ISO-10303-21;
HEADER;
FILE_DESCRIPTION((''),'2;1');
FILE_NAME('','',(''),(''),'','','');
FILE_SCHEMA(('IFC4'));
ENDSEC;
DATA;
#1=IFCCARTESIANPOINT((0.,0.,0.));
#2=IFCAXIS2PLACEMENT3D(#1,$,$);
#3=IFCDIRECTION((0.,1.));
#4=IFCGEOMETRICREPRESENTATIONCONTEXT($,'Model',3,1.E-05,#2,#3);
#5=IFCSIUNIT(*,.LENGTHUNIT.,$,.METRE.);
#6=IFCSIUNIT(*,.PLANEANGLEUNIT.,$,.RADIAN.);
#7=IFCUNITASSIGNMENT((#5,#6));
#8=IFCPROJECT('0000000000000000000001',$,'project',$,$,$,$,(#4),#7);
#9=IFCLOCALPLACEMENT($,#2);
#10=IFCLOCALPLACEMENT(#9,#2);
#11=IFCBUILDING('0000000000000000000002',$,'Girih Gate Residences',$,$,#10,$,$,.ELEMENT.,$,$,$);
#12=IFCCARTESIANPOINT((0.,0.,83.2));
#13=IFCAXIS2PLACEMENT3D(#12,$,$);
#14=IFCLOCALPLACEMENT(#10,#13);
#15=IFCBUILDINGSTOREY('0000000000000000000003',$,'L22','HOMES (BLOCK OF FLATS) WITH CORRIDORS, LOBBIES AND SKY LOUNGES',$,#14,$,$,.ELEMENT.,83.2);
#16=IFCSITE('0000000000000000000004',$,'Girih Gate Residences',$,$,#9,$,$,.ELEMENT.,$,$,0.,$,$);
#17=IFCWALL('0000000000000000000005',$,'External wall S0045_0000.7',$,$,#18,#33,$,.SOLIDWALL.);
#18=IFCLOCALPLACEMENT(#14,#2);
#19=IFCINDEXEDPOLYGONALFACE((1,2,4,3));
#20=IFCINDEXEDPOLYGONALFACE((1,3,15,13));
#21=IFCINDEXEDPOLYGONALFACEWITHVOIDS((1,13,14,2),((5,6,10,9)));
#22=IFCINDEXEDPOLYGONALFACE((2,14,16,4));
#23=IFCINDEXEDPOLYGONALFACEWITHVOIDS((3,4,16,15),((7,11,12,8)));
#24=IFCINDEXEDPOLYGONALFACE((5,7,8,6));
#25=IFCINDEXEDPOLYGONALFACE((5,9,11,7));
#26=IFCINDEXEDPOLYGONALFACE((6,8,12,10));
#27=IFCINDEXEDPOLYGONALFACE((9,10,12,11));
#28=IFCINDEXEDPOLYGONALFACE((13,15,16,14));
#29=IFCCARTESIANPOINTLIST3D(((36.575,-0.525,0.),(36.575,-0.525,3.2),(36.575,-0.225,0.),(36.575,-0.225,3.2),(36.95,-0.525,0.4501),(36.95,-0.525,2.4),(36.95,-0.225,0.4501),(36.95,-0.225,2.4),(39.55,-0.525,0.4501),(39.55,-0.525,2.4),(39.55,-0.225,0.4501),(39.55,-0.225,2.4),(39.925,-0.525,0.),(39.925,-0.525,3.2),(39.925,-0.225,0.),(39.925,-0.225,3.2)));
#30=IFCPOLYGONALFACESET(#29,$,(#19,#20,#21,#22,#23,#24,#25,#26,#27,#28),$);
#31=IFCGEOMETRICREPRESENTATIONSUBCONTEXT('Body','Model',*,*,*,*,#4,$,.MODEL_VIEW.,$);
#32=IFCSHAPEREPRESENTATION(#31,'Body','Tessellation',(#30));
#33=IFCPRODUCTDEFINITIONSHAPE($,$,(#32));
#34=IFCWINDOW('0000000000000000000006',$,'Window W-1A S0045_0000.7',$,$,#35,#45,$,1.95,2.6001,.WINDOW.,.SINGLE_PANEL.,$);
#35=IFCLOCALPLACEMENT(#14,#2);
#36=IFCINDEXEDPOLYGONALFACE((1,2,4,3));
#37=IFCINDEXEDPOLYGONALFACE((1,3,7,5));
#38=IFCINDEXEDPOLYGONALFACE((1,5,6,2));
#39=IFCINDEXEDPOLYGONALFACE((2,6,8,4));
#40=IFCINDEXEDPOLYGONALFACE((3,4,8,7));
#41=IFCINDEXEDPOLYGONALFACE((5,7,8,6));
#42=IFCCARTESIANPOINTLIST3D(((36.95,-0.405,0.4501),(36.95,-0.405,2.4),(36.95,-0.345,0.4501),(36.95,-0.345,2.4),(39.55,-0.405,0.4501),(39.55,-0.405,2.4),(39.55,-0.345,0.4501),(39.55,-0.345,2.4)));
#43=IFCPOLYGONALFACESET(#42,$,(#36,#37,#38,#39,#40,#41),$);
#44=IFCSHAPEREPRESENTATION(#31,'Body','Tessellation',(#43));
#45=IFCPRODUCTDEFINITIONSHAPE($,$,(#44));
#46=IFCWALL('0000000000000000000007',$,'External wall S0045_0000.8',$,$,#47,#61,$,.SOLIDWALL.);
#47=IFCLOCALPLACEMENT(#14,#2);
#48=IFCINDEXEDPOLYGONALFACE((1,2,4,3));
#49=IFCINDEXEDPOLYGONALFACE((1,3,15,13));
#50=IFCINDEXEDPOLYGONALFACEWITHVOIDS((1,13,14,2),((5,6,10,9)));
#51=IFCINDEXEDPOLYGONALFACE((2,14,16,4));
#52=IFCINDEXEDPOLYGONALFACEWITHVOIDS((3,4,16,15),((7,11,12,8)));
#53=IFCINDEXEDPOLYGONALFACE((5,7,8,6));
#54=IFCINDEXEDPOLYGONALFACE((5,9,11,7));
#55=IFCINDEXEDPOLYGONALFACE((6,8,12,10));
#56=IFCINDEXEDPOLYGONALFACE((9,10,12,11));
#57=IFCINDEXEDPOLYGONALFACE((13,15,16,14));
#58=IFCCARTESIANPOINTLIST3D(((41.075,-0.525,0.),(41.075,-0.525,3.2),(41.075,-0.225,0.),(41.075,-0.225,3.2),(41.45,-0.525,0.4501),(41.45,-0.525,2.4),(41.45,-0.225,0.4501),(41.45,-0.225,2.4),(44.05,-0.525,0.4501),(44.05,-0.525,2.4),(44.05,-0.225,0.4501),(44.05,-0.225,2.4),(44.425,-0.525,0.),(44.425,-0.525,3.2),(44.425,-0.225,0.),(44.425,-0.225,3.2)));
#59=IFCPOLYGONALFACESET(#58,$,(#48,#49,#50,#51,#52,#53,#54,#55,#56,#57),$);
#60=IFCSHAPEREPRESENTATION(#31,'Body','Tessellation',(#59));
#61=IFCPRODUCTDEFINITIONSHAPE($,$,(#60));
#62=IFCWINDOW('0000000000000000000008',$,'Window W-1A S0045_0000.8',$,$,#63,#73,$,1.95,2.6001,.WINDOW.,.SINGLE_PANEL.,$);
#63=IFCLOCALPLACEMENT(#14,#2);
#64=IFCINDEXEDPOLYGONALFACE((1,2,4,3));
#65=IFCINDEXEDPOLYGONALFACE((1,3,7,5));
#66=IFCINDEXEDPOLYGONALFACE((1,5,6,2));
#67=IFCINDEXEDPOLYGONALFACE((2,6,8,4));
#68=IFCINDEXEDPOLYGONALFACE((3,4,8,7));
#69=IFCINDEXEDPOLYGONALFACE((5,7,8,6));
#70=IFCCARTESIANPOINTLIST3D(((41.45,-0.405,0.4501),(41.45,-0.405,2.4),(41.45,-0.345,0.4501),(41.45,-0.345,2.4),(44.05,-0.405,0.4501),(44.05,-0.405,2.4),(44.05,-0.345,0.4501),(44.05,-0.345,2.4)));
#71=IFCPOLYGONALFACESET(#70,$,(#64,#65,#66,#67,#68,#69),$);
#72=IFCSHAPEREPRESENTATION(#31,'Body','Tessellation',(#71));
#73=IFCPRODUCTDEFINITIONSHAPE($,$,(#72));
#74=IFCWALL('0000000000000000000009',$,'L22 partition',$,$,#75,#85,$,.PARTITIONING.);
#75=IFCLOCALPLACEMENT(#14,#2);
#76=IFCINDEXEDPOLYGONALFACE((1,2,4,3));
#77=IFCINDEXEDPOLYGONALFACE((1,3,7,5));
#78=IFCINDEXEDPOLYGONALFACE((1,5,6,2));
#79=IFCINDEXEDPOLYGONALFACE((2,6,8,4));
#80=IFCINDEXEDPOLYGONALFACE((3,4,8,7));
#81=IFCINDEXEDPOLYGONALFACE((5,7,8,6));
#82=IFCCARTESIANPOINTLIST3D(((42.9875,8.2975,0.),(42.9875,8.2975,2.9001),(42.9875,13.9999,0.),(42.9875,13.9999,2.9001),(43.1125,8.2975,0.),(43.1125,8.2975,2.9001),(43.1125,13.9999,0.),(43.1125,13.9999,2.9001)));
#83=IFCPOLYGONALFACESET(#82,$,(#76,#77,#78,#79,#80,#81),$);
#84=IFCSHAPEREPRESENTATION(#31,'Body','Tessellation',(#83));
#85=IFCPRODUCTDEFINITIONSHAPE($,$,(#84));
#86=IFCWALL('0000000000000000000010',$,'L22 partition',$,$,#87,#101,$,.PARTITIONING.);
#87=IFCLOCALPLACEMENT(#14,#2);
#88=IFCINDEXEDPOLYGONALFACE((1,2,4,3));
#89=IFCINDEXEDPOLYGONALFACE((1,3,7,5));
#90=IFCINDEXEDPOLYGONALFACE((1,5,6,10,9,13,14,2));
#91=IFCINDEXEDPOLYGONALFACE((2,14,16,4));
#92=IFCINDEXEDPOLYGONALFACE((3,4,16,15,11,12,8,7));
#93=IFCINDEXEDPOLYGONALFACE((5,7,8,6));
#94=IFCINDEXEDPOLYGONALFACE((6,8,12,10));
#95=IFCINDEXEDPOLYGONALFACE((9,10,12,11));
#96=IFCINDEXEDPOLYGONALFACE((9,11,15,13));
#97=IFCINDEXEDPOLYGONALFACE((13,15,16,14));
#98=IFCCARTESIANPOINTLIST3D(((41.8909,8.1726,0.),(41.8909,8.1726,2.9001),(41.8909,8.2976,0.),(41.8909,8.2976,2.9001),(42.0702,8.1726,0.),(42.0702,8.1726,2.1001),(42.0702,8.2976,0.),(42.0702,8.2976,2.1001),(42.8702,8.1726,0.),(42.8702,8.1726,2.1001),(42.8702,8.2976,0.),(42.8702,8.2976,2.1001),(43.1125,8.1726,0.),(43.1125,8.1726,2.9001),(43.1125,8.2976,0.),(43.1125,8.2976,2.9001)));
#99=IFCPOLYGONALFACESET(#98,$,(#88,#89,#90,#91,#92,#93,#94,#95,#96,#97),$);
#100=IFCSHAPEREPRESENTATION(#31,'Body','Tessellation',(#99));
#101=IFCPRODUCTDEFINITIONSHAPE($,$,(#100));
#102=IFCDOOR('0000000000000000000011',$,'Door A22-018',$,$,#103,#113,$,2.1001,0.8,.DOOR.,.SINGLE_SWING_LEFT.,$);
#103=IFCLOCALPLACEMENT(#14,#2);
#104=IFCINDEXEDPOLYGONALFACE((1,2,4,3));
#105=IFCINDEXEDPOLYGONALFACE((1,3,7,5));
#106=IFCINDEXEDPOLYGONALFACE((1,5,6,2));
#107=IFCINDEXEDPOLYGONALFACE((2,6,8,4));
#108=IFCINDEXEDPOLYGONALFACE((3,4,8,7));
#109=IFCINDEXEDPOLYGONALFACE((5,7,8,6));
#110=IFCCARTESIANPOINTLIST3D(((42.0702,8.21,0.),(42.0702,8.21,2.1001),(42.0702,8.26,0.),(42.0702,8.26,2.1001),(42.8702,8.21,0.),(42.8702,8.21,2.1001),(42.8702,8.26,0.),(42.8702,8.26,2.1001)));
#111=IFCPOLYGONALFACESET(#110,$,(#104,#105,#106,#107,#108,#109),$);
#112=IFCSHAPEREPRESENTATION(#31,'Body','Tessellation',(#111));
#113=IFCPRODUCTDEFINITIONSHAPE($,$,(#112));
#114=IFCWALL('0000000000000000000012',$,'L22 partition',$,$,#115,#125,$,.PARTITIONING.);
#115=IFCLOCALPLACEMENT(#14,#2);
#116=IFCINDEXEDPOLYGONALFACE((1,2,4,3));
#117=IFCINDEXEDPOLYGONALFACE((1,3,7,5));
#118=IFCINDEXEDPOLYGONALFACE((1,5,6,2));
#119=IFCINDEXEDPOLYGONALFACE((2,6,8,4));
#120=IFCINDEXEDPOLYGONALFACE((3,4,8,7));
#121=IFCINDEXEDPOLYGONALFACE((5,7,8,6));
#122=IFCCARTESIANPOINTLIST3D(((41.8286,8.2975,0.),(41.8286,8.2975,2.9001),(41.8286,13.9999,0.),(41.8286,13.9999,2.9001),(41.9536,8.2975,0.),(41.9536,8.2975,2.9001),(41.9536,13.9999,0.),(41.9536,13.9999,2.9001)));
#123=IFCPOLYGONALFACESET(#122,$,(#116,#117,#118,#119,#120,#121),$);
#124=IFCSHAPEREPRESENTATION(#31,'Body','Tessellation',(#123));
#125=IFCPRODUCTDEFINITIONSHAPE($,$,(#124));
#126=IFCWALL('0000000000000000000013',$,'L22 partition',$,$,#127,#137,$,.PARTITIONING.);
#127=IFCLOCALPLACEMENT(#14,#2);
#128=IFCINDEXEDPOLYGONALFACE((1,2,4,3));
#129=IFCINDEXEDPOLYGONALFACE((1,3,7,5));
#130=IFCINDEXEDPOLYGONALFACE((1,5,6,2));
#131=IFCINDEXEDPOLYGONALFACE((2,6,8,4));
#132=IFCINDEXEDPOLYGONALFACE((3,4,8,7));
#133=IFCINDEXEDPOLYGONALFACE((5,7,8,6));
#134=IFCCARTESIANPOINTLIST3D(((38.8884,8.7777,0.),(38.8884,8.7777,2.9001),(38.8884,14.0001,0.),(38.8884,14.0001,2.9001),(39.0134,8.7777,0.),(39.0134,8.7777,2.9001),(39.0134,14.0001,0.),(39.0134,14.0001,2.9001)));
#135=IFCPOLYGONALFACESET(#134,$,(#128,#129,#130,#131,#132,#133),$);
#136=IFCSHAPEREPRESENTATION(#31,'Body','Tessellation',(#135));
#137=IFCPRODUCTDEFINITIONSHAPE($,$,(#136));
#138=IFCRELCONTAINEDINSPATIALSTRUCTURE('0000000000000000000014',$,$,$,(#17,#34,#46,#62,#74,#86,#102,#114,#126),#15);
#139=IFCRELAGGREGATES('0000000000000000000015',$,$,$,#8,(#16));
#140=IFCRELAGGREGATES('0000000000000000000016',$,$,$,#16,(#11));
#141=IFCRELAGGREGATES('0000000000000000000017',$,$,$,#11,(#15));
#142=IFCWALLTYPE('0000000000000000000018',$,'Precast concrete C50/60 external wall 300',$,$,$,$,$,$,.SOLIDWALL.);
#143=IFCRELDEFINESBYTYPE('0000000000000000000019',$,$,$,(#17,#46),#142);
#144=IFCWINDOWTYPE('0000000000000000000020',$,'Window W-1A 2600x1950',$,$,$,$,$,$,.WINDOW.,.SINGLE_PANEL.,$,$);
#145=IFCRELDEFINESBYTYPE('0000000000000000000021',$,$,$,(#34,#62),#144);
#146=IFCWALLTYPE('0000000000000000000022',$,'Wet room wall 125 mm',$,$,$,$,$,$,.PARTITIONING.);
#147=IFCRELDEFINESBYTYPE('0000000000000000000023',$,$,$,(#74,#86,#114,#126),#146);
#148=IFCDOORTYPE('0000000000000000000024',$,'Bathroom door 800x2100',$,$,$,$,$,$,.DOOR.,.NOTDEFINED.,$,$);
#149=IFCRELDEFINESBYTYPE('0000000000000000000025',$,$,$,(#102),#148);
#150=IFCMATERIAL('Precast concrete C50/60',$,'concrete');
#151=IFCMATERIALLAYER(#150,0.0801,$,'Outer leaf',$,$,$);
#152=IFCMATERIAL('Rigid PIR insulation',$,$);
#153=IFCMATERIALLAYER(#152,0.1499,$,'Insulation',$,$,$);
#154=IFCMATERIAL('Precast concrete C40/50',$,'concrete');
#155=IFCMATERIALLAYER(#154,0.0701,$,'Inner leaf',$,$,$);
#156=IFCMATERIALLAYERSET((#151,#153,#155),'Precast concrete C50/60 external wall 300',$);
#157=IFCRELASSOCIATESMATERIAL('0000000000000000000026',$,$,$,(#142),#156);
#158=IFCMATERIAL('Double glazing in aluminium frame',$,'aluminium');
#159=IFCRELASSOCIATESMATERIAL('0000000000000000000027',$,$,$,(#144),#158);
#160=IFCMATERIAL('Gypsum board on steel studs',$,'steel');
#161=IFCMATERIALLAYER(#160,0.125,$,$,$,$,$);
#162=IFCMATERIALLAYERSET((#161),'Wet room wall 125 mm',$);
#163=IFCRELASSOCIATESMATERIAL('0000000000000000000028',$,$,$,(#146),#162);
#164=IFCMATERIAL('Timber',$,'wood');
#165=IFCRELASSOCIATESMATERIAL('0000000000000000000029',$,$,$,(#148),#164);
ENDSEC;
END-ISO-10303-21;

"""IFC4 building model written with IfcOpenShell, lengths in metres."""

from ifc_helpers import new_model, si_unit, direction, frame, frame_2d, origin, place, context, subcontext, project, spatial, rectangle, extrude, material, layer, layer_set, type_object, element, fill, save


model = new_model("IFC4")

# Units and contexts
model_context = context("Model", 3, precision=1e-05, world=origin(), true_north=direction((0.0, 1.0)))
body_context = subcontext(model_context, "Body", "Model", "MODEL_VIEW")
ifc_project = project(units=[si_unit("LENGTHUNIT", "METRE"), si_unit("PLANEANGLEUNIT", "RADIAN")], contexts=[model_context])

# Site, building, storey
site_placement = place(None, origin())
site = spatial("IfcSite", under=ifc_project, at=site_placement, Name="Girih Gate Residences", CompositionType="ELEMENT", RefElevation=0.0)
building_placement = place(site_placement, origin())
building = spatial("IfcBuilding", under=site, at=building_placement, Name="Girih Gate Residences", CompositionType="ELEMENT")
storey_placement = place(building_placement, frame((0.0, 0.0, 83.2)))
storey = spatial("IfcBuildingStorey", under=building, at=storey_placement, Name="L22", Description="HOMES (BLOCK OF FLATS) WITH CORRIDORS, LOBBIES AND SKY LOUNGES", CompositionType="ELEMENT", Elevation=83.2)

# Shared definitions
ifc_material_1 = material(Name="Gypsum board on steel studs", Category="steel")
ifc_material_2 = material(Name="Timber", Category="wood")

# Walls, openings, windows
ifc_material_3 = material(Name="Precast concrete C50/60", Category="concrete")
ifc_layer_1 = layer(ifc_material_3, 0.0801, Name="Outer leaf")
ifc_material_4 = material(Name="Rigid PIR insulation")
ifc_layer_2 = layer(ifc_material_4, 0.1499, Name="Insulation")
ifc_material_5 = material(Name="Precast concrete C40/50", Category="concrete")
ifc_layer_3 = layer(ifc_material_5, 0.0701, Name="Inner leaf")
ifc_layer_set_1 = layer_set([ifc_layer_1, ifc_layer_2, ifc_layer_3], Name="Precast concrete C50/60 external wall 300")
wall_type_1 = type_object("IfcWallType", Name="Precast concrete C50/60 external wall 300", PredefinedType="SOLIDWALL", material=ifc_layer_set_1)
wall_1_placement = place(storey_placement, frame((39.925, -0.375, 0.0), z_axis=(0.0, 0.0, 1.0), x_axis=(-1.0, 0.0, 0.0)))
wall_1 = element("IfcWall", 1, at=wall_1_placement, inside=storey, type_object=wall_type_1, Name="External wall S0045_0000.7", PredefinedType="SOLIDWALL", context=body_context, shape_type="SweptSolid", body=[
    extrude(rectangle(XDim=3.3501, YDim=0.3, at=frame_2d((1.675, 0.0))), origin(), (0.0, 0.0, 1.0), 3.2),
])
opening_1_placement = place(wall_1_placement, frame((0.375, 0.0, 0.45)))
opening_1 = element("IfcOpeningElement", 2, at=opening_1_placement, cuts=wall_1, PredefinedType="OPENING", context=body_context, shape_type="SweptSolid", body=[
    extrude(rectangle(XDim=2.6001, YDim=1.95, at=frame_2d((1.3, 0.9751))), frame((0.0, 0.1599, 0.0), z_axis=(0.0, -1.0, 0.0), x_axis=(1.0, 0.0, 0.0)), (0.0, 0.0, 1.0), 0.3201),
])
ifc_material_6 = material(Name="Double glazing in aluminium frame", Category="aluminium")
window_type = type_object("IfcWindowType", Name="Window W-1A 2600x1950", PartitioningType="SINGLE_PANEL", PredefinedType="WINDOW", material=ifc_material_6)
window_1_placement = place(opening_1_placement, origin())
window_1 = element("IfcWindow", 3, at=window_1_placement, inside=storey, type_object=window_type, Name="Window W-1A S0045_0000.7", OverallHeight=1.95, OverallWidth=2.6001, PartitioningType="SINGLE_PANEL", PredefinedType="WINDOW", context=body_context, shape_type="SweptSolid", body=[
    extrude(rectangle(XDim=2.6001, YDim=1.95, at=frame_2d((1.3, 0.9751))), frame((0.0, 0.03, 0.0), z_axis=(0.0, -1.0, 0.0), x_axis=(1.0, 0.0, 0.0)), (0.0, 0.0, 1.0), 0.0601),
])
fill(opening_1, window_1)
wall_2_placement = place(storey_placement, frame((44.425, -0.375, 0.0), z_axis=(0.0, 0.0, 1.0), x_axis=(-1.0, 0.0, 0.0)))
wall_2 = element("IfcWall", 4, at=wall_2_placement, inside=storey, type_object=wall_type_1, Name="External wall S0045_0000.8", PredefinedType="SOLIDWALL", context=body_context, shape_type="SweptSolid", body=[
    extrude(rectangle(XDim=3.3501, YDim=0.3, at=frame_2d((1.675, 0.0))), origin(), (0.0, 0.0, 1.0), 3.2),
])
opening_2_placement = place(wall_2_placement, frame((0.375, 0.0, 0.45)))
opening_2 = element("IfcOpeningElement", 5, at=opening_2_placement, cuts=wall_2, PredefinedType="OPENING", context=body_context, shape_type="SweptSolid", body=[
    extrude(rectangle(XDim=2.6001, YDim=1.95, at=frame_2d((1.3, 0.9751))), frame((0.0, 0.1599, 0.0), z_axis=(0.0, -1.0, 0.0), x_axis=(1.0, 0.0, 0.0)), (0.0, 0.0, 1.0), 0.3201),
])
window_2_placement = place(opening_2_placement, origin())
window_2 = element("IfcWindow", 6, at=window_2_placement, inside=storey, type_object=window_type, Name="Window W-1A S0045_0000.8", OverallHeight=1.95, OverallWidth=2.6001, PartitioningType="SINGLE_PANEL", PredefinedType="WINDOW", context=body_context, shape_type="SweptSolid", body=[
    extrude(rectangle(XDim=2.6001, YDim=1.95, at=frame_2d((1.3, 0.9751))), frame((0.0, 0.03, 0.0), z_axis=(0.0, -1.0, 0.0), x_axis=(1.0, 0.0, 0.0)), (0.0, 0.0, 1.0), 0.0601),
])
fill(opening_2, window_2)

# Wall
ifc_layer_4 = layer(ifc_material_1, 0.125)
ifc_layer_set_2 = layer_set([ifc_layer_4], Name="Wet room wall 125 mm")
wall_type_2 = type_object("IfcWallType", Name="Wet room wall 125 mm", PredefinedType="PARTITIONING", material=ifc_layer_set_2)
wall_3_placement = place(storey_placement, frame((43.05, 8.2976, 0.0), z_axis=(0.0, 0.0, 1.0), x_axis=(0.0, 1.0, 0.0)))
element("IfcWall", 7, at=wall_3_placement, inside=storey, type_object=wall_type_2, Name="L22 partition", PredefinedType="PARTITIONING", context=body_context, shape_type="SweptSolid", body=[
    extrude(rectangle(XDim=5.7024, YDim=0.125, at=frame_2d((2.8511, 0.0))), origin(), (0.0, 0.0, 1.0), 2.9001),
])

# Wall, opening, door
wall_4_placement = place(storey_placement, frame((41.8909, 8.2351, 0.0), z_axis=(0.0, 0.0, 1.0), x_axis=(1.0, 0.0, 0.0)))
wall_4 = element("IfcWall", 8, at=wall_4_placement, inside=storey, type_object=wall_type_2, Name="L22 partition", PredefinedType="PARTITIONING", context=body_context, shape_type="SweptSolid", body=[
    extrude(rectangle(XDim=1.2217, YDim=0.125, at=frame_2d((0.6108, 0.0))), origin(), (0.0, 0.0, 1.0), 2.9001),
])
opening_3_placement = place(wall_4_placement, frame((0.1794, 0.0, 0.0)))
opening_3 = element("IfcOpeningElement", 9, at=opening_3_placement, cuts=wall_4, PredefinedType="OPENING", context=body_context, shape_type="SweptSolid", body=[
    extrude(rectangle(XDim=0.8, YDim=2.1001, at=frame_2d((0.3999, 1.05))), frame((0.0, 0.0725, 0.0), z_axis=(0.0, -1.0, 0.0), x_axis=(1.0, 0.0, 0.0)), (0.0, 0.0, 1.0), 0.145),
])
door_type_1 = type_object("IfcDoorType", Name="Bathroom door 800x2100", OperationType="NOTDEFINED", PredefinedType="DOOR", material=ifc_material_2)
door_1_placement = place(opening_3_placement, origin())
door_1 = element("IfcDoor", 10, at=door_1_placement, inside=storey, type_object=door_type_1, Name="Door A22-018", OperationType="SINGLE_SWING_LEFT", OverallHeight=2.1001, OverallWidth=0.8, PredefinedType="DOOR", context=body_context, shape_type="SweptSolid", body=[
    extrude(rectangle(XDim=0.8, YDim=2.1001, at=frame_2d((0.3999, 1.05))), frame((0.0, 0.0249, 0.0), z_axis=(0.0, -1.0, 0.0), x_axis=(1.0, 0.0, 0.0)), (0.0, 0.0, 1.0), 0.05),
])
fill(opening_3, door_1)

# Walls
wall_5_placement = place(storey_placement, frame((41.8911, 8.2976, 0.0), z_axis=(0.0, 0.0, 1.0), x_axis=(0.0, 1.0, 0.0)))
element("IfcWall", 11, at=wall_5_placement, inside=storey, type_object=wall_type_2, Name="L22 partition", PredefinedType="PARTITIONING", context=body_context, shape_type="SweptSolid", body=[
    extrude(rectangle(XDim=5.7024, YDim=0.125, at=frame_2d((2.8511, 0.0))), origin(), (0.0, 0.0, 1.0), 2.9001),
])
wall_6_placement = place(storey_placement, frame((38.9509, 8.7776, 0.0), z_axis=(0.0, 0.0, 1.0), x_axis=(0.0, 1.0, 0.0)))
element("IfcWall", 12, at=wall_6_placement, inside=storey, type_object=wall_type_2, Name="L22 partition", PredefinedType="PARTITIONING", context=body_context, shape_type="SweptSolid", body=[
    extrude(rectangle(XDim=5.2224, YDim=0.125, at=frame_2d((2.6113, 0.0))), origin(), (0.0, 0.0, 1.0), 2.9001),
])

save(model, "model.ifc")
